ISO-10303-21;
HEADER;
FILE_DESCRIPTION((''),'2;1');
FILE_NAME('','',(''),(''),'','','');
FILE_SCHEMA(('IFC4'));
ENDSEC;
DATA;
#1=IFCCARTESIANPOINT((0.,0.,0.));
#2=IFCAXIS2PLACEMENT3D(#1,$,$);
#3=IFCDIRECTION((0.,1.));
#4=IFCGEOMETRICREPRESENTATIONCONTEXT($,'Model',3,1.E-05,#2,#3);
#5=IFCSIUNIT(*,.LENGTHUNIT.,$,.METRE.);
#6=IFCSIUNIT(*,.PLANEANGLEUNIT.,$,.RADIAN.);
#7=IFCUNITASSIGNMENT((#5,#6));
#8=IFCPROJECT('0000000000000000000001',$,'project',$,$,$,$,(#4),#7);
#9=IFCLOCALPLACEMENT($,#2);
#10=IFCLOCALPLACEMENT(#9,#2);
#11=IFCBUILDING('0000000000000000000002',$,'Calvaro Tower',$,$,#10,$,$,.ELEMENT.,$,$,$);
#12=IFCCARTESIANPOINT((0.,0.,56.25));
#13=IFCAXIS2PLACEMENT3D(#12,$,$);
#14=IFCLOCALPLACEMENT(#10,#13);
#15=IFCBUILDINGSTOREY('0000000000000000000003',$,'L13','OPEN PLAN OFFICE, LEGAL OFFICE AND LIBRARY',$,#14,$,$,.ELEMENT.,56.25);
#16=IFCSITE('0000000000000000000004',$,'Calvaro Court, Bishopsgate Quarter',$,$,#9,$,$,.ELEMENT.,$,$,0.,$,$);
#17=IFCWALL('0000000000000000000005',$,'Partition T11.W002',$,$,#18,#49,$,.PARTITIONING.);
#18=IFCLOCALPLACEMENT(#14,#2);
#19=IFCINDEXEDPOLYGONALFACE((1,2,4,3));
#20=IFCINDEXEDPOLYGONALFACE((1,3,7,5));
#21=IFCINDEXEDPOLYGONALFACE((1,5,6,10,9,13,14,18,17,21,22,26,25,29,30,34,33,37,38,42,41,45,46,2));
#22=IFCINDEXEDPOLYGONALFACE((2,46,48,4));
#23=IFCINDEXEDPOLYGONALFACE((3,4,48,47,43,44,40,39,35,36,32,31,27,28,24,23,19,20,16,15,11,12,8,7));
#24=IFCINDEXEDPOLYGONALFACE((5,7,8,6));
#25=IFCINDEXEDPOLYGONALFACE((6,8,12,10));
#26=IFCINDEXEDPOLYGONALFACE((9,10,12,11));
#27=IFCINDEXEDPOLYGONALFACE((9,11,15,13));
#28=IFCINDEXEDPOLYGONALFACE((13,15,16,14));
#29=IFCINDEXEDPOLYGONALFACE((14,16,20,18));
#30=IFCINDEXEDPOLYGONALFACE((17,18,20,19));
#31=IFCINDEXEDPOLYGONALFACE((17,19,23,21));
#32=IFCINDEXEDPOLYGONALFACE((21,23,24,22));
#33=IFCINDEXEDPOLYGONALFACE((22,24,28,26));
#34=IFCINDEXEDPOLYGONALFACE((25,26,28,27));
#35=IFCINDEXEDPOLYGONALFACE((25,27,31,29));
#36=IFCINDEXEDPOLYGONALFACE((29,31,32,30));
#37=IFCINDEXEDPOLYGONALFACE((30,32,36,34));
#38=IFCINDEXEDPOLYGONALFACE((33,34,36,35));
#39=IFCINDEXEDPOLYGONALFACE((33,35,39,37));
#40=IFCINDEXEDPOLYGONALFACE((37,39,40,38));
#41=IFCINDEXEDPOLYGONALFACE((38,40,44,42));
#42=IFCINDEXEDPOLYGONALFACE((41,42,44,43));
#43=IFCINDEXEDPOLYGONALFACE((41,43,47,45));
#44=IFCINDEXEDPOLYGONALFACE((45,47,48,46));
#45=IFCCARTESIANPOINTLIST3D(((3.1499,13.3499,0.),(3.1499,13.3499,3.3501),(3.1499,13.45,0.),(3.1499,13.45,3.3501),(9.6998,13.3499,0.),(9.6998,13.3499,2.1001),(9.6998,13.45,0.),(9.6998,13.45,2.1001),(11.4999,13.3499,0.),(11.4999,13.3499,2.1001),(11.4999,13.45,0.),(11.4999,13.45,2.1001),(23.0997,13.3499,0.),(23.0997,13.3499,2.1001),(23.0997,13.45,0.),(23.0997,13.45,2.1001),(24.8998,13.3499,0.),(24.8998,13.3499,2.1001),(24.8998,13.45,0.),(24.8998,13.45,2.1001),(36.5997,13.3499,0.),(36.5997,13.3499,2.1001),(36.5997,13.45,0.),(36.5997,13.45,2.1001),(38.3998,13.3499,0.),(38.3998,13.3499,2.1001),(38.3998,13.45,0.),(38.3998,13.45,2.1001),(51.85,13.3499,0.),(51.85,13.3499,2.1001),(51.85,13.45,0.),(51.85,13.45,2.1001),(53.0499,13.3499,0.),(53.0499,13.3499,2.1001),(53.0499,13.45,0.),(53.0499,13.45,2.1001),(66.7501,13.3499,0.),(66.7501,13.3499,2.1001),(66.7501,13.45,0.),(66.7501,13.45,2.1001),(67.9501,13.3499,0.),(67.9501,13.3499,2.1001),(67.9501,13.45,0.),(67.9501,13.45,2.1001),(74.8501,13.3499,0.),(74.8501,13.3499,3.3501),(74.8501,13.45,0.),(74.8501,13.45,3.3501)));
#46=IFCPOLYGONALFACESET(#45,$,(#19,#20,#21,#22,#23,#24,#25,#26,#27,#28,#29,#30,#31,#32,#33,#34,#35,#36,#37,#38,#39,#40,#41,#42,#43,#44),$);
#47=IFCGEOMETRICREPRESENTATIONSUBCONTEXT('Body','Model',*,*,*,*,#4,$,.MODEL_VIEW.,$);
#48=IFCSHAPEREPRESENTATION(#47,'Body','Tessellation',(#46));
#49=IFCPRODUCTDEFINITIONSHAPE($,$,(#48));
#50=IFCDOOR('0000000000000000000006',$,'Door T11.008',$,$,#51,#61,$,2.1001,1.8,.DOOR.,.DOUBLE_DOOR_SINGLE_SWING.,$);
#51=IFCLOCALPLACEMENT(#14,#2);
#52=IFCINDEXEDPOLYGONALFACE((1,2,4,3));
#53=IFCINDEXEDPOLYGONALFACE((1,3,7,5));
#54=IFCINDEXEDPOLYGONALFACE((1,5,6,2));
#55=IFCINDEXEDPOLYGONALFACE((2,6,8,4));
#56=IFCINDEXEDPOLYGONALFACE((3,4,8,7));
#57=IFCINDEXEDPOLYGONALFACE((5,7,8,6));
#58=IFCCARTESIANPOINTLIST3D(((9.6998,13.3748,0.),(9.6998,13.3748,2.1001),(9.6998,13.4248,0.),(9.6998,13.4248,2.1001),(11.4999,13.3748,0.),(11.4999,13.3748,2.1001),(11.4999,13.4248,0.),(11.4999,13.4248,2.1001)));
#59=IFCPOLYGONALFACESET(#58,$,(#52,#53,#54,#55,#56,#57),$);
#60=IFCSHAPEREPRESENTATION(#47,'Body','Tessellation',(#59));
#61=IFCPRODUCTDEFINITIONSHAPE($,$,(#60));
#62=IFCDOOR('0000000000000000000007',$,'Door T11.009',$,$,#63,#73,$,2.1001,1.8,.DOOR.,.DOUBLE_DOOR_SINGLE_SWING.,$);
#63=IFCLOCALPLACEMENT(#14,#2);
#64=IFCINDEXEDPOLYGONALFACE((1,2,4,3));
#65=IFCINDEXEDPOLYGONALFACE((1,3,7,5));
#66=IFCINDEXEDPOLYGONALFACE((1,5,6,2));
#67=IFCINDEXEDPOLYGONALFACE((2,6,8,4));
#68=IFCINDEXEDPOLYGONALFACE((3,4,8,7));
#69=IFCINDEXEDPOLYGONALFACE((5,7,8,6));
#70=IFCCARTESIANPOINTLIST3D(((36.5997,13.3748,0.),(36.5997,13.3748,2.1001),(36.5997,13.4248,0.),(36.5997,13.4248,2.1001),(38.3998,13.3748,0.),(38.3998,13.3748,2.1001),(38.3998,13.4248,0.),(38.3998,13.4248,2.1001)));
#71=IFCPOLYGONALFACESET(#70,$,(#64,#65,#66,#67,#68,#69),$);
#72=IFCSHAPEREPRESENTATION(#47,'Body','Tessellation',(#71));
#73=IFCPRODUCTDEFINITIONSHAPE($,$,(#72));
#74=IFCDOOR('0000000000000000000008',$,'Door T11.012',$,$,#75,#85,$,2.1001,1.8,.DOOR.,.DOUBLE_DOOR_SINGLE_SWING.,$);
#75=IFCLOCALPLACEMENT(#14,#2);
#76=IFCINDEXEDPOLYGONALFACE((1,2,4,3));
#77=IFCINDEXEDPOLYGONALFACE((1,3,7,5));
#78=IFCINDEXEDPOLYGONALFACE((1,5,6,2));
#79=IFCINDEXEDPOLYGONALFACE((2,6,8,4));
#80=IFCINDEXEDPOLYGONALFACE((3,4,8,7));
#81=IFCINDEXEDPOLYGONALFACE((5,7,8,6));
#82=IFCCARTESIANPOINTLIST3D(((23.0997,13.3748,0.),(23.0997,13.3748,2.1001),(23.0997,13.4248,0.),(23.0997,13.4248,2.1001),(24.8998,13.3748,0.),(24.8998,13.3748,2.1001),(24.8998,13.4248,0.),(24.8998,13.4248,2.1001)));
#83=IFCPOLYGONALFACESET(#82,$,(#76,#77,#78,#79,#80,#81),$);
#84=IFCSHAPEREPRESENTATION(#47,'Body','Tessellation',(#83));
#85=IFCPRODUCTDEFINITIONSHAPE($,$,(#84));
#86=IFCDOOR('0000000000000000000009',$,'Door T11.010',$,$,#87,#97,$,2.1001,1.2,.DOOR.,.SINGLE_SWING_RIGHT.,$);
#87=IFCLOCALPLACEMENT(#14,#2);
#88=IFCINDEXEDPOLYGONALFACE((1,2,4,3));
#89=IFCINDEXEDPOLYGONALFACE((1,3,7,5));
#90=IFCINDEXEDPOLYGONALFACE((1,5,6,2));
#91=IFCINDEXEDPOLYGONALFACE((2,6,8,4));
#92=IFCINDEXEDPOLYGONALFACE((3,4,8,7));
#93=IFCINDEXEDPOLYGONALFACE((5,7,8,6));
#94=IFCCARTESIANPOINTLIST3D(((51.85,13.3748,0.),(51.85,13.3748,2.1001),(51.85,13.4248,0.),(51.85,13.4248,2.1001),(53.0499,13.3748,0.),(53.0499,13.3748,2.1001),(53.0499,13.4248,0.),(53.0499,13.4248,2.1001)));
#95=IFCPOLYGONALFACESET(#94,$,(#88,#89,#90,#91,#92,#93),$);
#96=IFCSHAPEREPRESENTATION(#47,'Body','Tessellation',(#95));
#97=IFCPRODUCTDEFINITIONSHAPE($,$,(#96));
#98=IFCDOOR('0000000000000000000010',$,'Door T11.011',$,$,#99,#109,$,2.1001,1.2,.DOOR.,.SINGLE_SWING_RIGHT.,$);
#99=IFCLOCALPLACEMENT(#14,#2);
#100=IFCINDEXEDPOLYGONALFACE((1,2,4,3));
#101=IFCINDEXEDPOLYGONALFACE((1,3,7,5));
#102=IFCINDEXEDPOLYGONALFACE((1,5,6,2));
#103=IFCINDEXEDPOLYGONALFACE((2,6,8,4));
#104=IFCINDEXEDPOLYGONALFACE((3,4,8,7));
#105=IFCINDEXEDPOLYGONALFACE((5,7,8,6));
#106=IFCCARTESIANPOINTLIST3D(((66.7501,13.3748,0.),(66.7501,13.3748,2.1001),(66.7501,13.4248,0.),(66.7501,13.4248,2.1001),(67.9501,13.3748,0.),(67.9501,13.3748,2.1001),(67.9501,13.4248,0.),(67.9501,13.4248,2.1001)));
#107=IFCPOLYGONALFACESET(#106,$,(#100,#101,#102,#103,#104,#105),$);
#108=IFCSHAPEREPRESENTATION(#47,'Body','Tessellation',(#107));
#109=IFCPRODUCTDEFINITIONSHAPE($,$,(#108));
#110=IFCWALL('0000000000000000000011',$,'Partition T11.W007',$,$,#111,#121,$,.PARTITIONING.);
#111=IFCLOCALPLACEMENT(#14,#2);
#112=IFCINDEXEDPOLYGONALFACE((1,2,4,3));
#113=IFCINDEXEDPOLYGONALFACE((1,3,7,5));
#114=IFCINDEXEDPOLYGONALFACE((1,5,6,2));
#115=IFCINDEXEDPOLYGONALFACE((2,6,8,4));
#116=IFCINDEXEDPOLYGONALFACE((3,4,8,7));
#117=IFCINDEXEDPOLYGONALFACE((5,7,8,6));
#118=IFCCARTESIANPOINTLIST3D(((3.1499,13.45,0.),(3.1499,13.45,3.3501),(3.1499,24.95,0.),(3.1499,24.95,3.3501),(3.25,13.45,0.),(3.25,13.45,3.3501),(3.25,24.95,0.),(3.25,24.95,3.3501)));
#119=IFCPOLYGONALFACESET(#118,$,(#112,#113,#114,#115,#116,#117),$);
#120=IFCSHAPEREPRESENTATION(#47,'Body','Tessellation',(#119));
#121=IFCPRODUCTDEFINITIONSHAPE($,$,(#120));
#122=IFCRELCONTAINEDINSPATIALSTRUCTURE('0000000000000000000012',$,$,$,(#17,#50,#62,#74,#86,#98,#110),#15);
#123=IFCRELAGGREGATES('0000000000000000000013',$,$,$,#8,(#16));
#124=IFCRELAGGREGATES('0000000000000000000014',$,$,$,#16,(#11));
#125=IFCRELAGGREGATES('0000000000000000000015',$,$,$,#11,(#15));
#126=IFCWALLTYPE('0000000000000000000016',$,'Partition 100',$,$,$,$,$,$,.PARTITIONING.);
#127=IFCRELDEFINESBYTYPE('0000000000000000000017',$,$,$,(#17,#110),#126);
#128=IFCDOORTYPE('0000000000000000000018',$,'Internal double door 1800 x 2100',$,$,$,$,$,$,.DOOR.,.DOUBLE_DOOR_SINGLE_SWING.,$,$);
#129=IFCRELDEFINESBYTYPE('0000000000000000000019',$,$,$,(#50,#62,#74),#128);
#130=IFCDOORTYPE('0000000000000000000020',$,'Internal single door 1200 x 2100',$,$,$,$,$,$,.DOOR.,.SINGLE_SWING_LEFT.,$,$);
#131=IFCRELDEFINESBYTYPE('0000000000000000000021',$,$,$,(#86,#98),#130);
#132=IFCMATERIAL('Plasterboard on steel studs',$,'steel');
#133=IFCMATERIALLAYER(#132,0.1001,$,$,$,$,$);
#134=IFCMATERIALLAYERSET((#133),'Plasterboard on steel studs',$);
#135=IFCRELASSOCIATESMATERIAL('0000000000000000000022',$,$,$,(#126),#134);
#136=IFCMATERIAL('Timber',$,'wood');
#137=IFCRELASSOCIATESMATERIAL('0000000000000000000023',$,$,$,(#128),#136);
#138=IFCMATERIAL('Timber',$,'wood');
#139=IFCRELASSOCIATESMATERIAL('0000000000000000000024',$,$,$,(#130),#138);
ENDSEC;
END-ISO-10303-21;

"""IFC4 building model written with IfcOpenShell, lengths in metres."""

from ifc_helpers import new_model, si_unit, direction, frame, frame_2d, origin, place, context, subcontext, project, spatial, rectangle, extrude, material, layer, layer_set, type_object, element, fill, save


model = new_model("IFC4")

# Units and contexts
model_context = context("Model", 3, precision=1e-05, world=origin(), true_north=direction((0.0, 1.0)))
body_context = subcontext(model_context, "Body", "Model", "MODEL_VIEW")
ifc_project = project(units=[si_unit("LENGTHUNIT", "METRE"), si_unit("PLANEANGLEUNIT", "RADIAN")], contexts=[model_context])

# Site, building, storey
site_placement = place(None, origin())
site = spatial("IfcSite", under=ifc_project, at=site_placement, Name="Calvaro Court, Bishopsgate Quarter", CompositionType="ELEMENT", RefElevation=0.0)
building_placement = place(site_placement, origin())
building = spatial("IfcBuilding", under=site, at=building_placement, Name="Calvaro Tower", CompositionType="ELEMENT")
storey_placement = place(building_placement, frame((0.0, 0.0, 56.25)))
storey = spatial("IfcBuildingStorey", under=building, at=storey_placement, Name="L13", Description="OPEN PLAN OFFICE, LEGAL OFFICE AND LIBRARY", CompositionType="ELEMENT", Elevation=56.25)

# Wall, openings, doors
ifc_material_1 = material(Name="Plasterboard on steel studs", Category="steel")
ifc_layer = layer(ifc_material_1, 0.1001)
ifc_layer_set = layer_set([ifc_layer], Name="Plasterboard on steel studs")
wall_type = type_object("IfcWallType", Name="Partition 100", PredefinedType="PARTITIONING", material=ifc_layer_set)
ifc_material_2 = material(Name="Timber", Category="wood")
door_type_1 = type_object("IfcDoorType", Name="Internal double door 1800 x 2100", OperationType="DOUBLE_DOOR_SINGLE_SWING", PredefinedType="DOOR", material=ifc_material_2)
wall_1_placement = place(storey_placement, frame((3.1499, 13.3999, 0.0), z_axis=(0.0, 0.0, 1.0), x_axis=(1.0, 0.0, 0.0)))
wall_1 = element("IfcWall", 1, at=wall_1_placement, inside=storey, type_object=wall_type, Name="Partition T11.W002", PredefinedType="PARTITIONING", context=body_context, shape_type="SweptSolid", body=[
    extrude(rectangle(XDim=71.7002, YDim=0.1001, at=frame_2d((35.8501, 0.0))), origin(), (0.0, 0.0, 1.0), 3.3501),
])
opening_1_placement = place(wall_1_placement, frame((6.55, 0.0, 0.0)))
opening_1 = element("IfcOpeningElement", 2, at=opening_1_placement, cuts=wall_1, PredefinedType="OPENING", context=body_context, shape_type="SweptSolid", body=[
    extrude(rectangle(XDim=1.8, YDim=2.1001, at=frame_2d((0.8999, 1.05))), frame((0.0, 0.0601, 0.0), z_axis=(0.0, -1.0, 0.0), x_axis=(1.0, 0.0, 0.0)), (0.0, 0.0, 1.0), 0.1201),
])
opening_2_placement = place(wall_1_placement, frame((33.45, 0.0, 0.0)))
opening_2 = element("IfcOpeningElement", 3, at=opening_2_placement, cuts=wall_1, PredefinedType="OPENING", context=body_context, shape_type="SweptSolid", body=[
    extrude(rectangle(XDim=1.8, YDim=2.1001, at=frame_2d((0.8999, 1.05))), frame((0.0, 0.0601, 0.0), z_axis=(0.0, -1.0, 0.0), x_axis=(1.0, 0.0, 0.0)), (0.0, 0.0, 1.0), 0.1201),
])
opening_3_placement = place(wall_1_placement, frame((48.7, 0.0, 0.0)))
opening_3 = element("IfcOpeningElement", 4, at=opening_3_placement, cuts=wall_1, PredefinedType="OPENING", context=body_context, shape_type="SweptSolid", body=[
    extrude(rectangle(XDim=1.2, YDim=2.1001, at=frame_2d((0.6001, 1.05))), frame((0.0, 0.0601, 0.0), z_axis=(0.0, -1.0, 0.0), x_axis=(1.0, 0.0, 0.0)), (0.0, 0.0, 1.0), 0.1201),
])
opening_4_placement = place(wall_1_placement, frame((63.6001, 0.0, 0.0)))
opening_4 = element("IfcOpeningElement", 5, at=opening_4_placement, cuts=wall_1, PredefinedType="OPENING", context=body_context, shape_type="SweptSolid", body=[
    extrude(rectangle(XDim=1.2, YDim=2.1001, at=frame_2d((0.6001, 1.05))), frame((0.0, 0.0601, 0.0), z_axis=(0.0, -1.0, 0.0), x_axis=(1.0, 0.0, 0.0)), (0.0, 0.0, 1.0), 0.1201),
])
opening_5_placement = place(wall_1_placement, frame((19.95, 0.0, 0.0)))
opening_5 = element("IfcOpeningElement", 6, at=opening_5_placement, cuts=wall_1, PredefinedType="OPENING", context=body_context, shape_type="SweptSolid", body=[
    extrude(rectangle(XDim=1.8, YDim=2.1001, at=frame_2d((0.8999, 1.05))), frame((0.0, 0.0601, 0.0), z_axis=(0.0, -1.0, 0.0), x_axis=(1.0, 0.0, 0.0)), (0.0, 0.0, 1.0), 0.1201),
])
door_1_placement = place(opening_1_placement, origin())
door_1 = element("IfcDoor", 7, at=door_1_placement, inside=storey, type_object=door_type_1, Name="Door T11.008", OperationType="DOUBLE_DOOR_SINGLE_SWING", OverallHeight=2.1001, OverallWidth=1.8, PredefinedType="DOOR", context=body_context, shape_type="SweptSolid", body=[
    extrude(rectangle(XDim=1.8, YDim=2.1001, at=frame_2d((0.8999, 1.05))), frame((0.0, 0.0249, 0.0), z_axis=(0.0, -1.0, 0.0), x_axis=(1.0, 0.0, 0.0)), (0.0, 0.0, 1.0), 0.05),
])
fill(opening_1, door_1)
door_2_placement = place(opening_2_placement, origin())
door_2 = element("IfcDoor", 8, at=door_2_placement, inside=storey, type_object=door_type_1, Name="Door T11.009", OperationType="DOUBLE_DOOR_SINGLE_SWING", OverallHeight=2.1001, OverallWidth=1.8, PredefinedType="DOOR", context=body_context, shape_type="SweptSolid", body=[
    extrude(rectangle(XDim=1.8, YDim=2.1001, at=frame_2d((0.8999, 1.05))), frame((0.0, 0.0249, 0.0), z_axis=(0.0, -1.0, 0.0), x_axis=(1.0, 0.0, 0.0)), (0.0, 0.0, 1.0), 0.05),
])
fill(opening_2, door_2)
door_3_placement = place(opening_5_placement, origin())
door_3 = element("IfcDoor", 9, at=door_3_placement, inside=storey, type_object=door_type_1, Name="Door T11.012", OperationType="DOUBLE_DOOR_SINGLE_SWING", OverallHeight=2.1001, OverallWidth=1.8, PredefinedType="DOOR", context=body_context, shape_type="SweptSolid", body=[
    extrude(rectangle(XDim=1.8, YDim=2.1001, at=frame_2d((0.8999, 1.05))), frame((0.0, 0.0249, 0.0), z_axis=(0.0, -1.0, 0.0), x_axis=(1.0, 0.0, 0.0)), (0.0, 0.0, 1.0), 0.05),
])
fill(opening_5, door_3)
ifc_material_3 = material(Name="Timber", Category="wood")
door_type_2 = type_object("IfcDoorType", Name="Internal single door 1200 x 2100", OperationType="SINGLE_SWING_LEFT", PredefinedType="DOOR", material=ifc_material_3)
door_4_placement = place(opening_3_placement, origin())
door_4 = element("IfcDoor", 10, at=door_4_placement, inside=storey, type_object=door_type_2, Name="Door T11.010", OperationType="SINGLE_SWING_RIGHT", OverallHeight=2.1001, OverallWidth=1.2, PredefinedType="DOOR", context=body_context, shape_type="SweptSolid", body=[
    extrude(rectangle(XDim=1.2, YDim=2.1001, at=frame_2d((0.6001, 1.05))), frame((0.0, 0.0249, 0.0), z_axis=(0.0, -1.0, 0.0), x_axis=(1.0, 0.0, 0.0)), (0.0, 0.0, 1.0), 0.05),
])
fill(opening_3, door_4)
door_5_placement = place(opening_4_placement, origin())
door_5 = element("IfcDoor", 11, at=door_5_placement, inside=storey, type_object=door_type_2, Name="Door T11.011", OperationType="SINGLE_SWING_RIGHT", OverallHeight=2.1001, OverallWidth=1.2, PredefinedType="DOOR", context=body_context, shape_type="SweptSolid", body=[
    extrude(rectangle(XDim=1.2, YDim=2.1001, at=frame_2d((0.6001, 1.05))), frame((0.0, 0.0249, 0.0), z_axis=(0.0, -1.0, 0.0), x_axis=(1.0, 0.0, 0.0)), (0.0, 0.0, 1.0), 0.05),
])
fill(opening_4, door_5)

# Wall
wall_2_placement = place(storey_placement, frame((3.2, 13.45, 0.0), z_axis=(0.0, 0.0, 1.0), x_axis=(0.0, 1.0, 0.0)))
element("IfcWall", 12, at=wall_2_placement, inside=storey, type_object=wall_type, Name="Partition T11.W007", PredefinedType="PARTITIONING", context=body_context, shape_type="SweptSolid", body=[
    extrude(rectangle(XDim=11.5, YDim=0.1001, at=frame_2d((5.75, 0.0))), origin(), (0.0, 0.0, 1.0), 3.3501),
])

save(model, "model.ifc")
